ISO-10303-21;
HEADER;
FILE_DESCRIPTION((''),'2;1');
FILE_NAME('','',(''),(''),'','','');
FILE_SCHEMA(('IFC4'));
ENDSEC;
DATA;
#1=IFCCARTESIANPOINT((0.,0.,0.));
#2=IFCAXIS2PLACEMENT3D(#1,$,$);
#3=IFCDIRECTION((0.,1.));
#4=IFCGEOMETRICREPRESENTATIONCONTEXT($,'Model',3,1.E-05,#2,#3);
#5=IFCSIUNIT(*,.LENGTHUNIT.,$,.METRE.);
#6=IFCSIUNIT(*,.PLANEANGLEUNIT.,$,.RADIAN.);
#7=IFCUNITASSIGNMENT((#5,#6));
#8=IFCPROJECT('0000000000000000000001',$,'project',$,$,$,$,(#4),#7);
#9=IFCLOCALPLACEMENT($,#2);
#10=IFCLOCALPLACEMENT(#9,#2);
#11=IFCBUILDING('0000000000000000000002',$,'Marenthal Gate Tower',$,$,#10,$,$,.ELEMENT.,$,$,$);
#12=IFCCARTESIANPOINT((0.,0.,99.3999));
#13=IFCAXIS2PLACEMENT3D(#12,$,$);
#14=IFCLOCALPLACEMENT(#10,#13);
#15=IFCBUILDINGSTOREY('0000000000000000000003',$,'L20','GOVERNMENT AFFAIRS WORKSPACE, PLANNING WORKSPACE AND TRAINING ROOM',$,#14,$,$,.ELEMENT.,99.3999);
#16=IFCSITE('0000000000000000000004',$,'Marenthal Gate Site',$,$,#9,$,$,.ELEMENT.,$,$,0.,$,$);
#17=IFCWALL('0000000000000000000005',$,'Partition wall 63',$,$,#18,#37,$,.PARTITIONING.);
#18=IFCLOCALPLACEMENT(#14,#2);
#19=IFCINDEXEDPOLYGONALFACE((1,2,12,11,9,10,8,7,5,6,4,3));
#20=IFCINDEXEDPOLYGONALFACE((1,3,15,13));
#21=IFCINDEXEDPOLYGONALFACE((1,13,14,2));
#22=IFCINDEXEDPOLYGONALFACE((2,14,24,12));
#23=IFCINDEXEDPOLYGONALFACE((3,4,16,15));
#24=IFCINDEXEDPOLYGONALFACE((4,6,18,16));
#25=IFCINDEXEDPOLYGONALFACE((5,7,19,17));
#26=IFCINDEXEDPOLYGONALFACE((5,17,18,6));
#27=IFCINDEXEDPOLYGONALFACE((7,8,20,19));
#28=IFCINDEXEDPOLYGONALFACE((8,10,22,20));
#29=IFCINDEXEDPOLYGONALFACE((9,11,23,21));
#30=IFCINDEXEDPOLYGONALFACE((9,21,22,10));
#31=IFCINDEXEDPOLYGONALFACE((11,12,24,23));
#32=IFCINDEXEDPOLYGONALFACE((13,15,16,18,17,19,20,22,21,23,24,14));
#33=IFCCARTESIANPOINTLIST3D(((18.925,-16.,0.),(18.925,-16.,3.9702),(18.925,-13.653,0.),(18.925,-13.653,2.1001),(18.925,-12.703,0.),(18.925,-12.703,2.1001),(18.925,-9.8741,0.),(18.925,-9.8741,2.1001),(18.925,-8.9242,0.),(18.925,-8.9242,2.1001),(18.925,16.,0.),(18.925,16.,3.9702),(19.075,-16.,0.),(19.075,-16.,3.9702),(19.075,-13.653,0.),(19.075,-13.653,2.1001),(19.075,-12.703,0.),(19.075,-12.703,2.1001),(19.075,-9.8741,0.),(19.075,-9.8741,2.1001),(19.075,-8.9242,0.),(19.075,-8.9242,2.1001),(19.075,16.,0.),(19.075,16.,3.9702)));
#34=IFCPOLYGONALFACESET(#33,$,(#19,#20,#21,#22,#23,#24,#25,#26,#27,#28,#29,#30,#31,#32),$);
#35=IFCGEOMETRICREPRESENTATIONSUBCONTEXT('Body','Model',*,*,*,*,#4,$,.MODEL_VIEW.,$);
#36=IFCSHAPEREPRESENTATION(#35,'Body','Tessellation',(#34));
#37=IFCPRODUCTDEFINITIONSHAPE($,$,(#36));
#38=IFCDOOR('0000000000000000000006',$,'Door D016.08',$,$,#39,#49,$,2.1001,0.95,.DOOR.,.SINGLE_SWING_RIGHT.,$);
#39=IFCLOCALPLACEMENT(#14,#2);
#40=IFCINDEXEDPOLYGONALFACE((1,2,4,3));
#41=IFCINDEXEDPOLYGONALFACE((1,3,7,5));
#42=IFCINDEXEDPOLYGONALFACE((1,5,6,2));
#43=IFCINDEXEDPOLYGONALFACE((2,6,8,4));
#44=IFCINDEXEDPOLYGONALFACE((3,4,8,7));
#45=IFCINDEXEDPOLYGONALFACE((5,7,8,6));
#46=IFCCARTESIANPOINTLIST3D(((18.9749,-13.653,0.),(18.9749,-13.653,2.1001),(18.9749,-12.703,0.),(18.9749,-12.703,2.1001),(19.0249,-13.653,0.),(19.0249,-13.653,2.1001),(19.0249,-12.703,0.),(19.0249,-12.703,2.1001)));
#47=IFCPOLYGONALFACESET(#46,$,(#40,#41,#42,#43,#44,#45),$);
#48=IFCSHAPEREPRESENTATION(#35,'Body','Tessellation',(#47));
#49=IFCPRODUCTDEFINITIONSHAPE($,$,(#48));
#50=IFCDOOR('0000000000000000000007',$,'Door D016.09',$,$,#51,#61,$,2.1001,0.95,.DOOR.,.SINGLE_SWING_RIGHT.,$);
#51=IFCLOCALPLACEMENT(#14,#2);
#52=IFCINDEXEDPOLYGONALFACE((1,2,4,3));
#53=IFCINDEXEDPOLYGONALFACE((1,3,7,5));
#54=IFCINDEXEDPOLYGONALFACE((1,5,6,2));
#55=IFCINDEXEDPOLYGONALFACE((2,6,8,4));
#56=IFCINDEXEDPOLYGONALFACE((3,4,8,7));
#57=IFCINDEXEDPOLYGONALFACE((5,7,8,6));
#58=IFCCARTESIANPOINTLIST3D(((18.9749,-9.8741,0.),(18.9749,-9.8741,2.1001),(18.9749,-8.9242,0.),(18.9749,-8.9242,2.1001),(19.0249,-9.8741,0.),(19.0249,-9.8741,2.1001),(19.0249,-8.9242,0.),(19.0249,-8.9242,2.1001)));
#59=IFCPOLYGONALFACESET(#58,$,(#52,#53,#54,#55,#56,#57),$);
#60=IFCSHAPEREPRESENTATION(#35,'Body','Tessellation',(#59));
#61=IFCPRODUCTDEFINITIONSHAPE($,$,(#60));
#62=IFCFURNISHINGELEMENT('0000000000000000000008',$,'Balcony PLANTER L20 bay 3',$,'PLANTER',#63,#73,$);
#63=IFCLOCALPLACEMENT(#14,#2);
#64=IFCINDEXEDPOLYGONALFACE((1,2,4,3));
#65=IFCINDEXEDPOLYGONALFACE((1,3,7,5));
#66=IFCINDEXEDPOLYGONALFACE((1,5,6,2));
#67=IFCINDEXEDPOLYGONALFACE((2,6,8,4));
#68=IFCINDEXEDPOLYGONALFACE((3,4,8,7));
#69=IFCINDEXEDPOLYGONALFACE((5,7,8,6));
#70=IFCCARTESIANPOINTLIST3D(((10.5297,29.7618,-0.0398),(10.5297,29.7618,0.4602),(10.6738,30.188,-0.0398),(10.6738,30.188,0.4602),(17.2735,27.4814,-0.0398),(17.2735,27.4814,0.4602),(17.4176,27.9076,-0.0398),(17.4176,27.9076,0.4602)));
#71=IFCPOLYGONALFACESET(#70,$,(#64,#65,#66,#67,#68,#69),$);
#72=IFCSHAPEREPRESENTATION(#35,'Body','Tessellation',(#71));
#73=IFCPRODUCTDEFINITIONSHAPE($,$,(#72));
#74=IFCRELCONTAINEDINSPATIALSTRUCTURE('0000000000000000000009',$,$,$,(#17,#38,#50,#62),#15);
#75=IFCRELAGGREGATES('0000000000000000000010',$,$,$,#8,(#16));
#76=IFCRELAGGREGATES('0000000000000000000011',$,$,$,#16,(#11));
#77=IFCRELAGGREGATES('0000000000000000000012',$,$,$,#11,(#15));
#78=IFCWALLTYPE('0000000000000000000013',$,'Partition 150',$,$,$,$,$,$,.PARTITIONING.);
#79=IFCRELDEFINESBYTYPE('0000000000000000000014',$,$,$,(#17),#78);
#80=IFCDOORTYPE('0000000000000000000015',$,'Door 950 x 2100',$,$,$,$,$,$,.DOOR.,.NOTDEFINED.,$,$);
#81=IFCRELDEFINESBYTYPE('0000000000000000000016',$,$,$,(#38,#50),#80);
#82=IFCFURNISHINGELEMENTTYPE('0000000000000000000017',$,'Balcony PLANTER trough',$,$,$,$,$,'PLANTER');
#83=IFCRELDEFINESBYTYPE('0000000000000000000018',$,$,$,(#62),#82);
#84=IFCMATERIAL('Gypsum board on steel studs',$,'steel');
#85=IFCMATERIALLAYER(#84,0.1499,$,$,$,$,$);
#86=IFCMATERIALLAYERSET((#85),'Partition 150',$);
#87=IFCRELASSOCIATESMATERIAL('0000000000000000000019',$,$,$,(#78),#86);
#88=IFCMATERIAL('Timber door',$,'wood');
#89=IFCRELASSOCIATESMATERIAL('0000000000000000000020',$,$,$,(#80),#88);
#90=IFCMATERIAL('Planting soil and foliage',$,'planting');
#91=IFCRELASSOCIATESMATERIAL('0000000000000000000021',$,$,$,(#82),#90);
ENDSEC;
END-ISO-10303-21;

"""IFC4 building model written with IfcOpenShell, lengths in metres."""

from ifc_helpers import new_model, si_unit, direction, frame, frame_2d, origin, origin_2d, place, context, subcontext, project, spatial, rectangle, extrude, material, layer, layer_set, type_object, element, fill, save


model = new_model("IFC4")

# Units and contexts
model_context = context("Model", 3, precision=1e-05, world=origin(), true_north=direction((0.0, 1.0)))
body_context = subcontext(model_context, "Body", "Model", "MODEL_VIEW")
ifc_project = project(units=[si_unit("LENGTHUNIT", "METRE"), si_unit("PLANEANGLEUNIT", "RADIAN")], contexts=[model_context])

# Site, building, storey
site_placement = place(None, origin())
site = spatial("IfcSite", under=ifc_project, at=site_placement, Name="Marenthal Gate Site", CompositionType="ELEMENT", RefElevation=0.0)
building_placement = place(site_placement, origin())
building = spatial("IfcBuilding", under=site, at=building_placement, Name="Marenthal Gate Tower", CompositionType="ELEMENT")
storey_placement = place(building_placement, frame((0.0, 0.0, 99.3999)))
storey = spatial("IfcBuildingStorey", under=building, at=storey_placement, Name="L20", Description="GOVERNMENT AFFAIRS WORKSPACE, PLANNING WORKSPACE AND TRAINING ROOM", CompositionType="ELEMENT", Elevation=99.3999)

# Wall, openings, doors
ifc_material_1 = material(Name="Gypsum board on steel studs", Category="steel")
ifc_layer_1 = layer(ifc_material_1, 0.1499)
ifc_layer_set_1 = layer_set([ifc_layer_1], Name="Partition 150")
wall_type_1 = type_object("IfcWallType", Name="Partition 150", PredefinedType="PARTITIONING", material=ifc_layer_set_1)
wall_1_placement = place(storey_placement, frame((19.0, 16.0, 0.0), z_axis=(0.0, 0.0, 1.0), x_axis=(0.0, -1.0, 0.0)))
wall_1 = element("IfcWall", 1, at=wall_1_placement, inside=storey, type_object=wall_type_1, Name="Partition wall 63", PredefinedType="PARTITIONING", context=body_context, shape_type="SweptSolid", body=[
    extrude(rectangle(XDim=32.0, YDim=0.1499, at=frame_2d((16.0, 0.0))), origin(), (0.0, 0.0, 1.0), 3.9702),
])
opening_1_placement = place(wall_1_placement, frame((28.7029, 0.0, 0.0)))
opening_1 = element("IfcOpeningElement", 2, at=opening_1_placement, cuts=wall_1, PredefinedType="OPENING", context=body_context, shape_type="SweptSolid", body=[
    extrude(rectangle(XDim=0.95, YDim=2.1001, at=frame_2d((0.4751, 1.05))), frame((0.0, 0.085, 0.0), z_axis=(0.0, -1.0, 0.0), x_axis=(1.0, 0.0, 0.0)), (0.0, 0.0, 1.0), 0.1699),
])
opening_2_placement = place(wall_1_placement, frame((24.9241, 0.0, 0.0)))
opening_2 = element("IfcOpeningElement", 3, at=opening_2_placement, cuts=wall_1, PredefinedType="OPENING", context=body_context, shape_type="SweptSolid", body=[
    extrude(rectangle(XDim=0.95, YDim=2.1001, at=frame_2d((0.4751, 1.05))), frame((0.0, 0.085, 0.0), z_axis=(0.0, -1.0, 0.0), x_axis=(1.0, 0.0, 0.0)), (0.0, 0.0, 1.0), 0.1699),
])
ifc_material_2 = material(Name="Timber door", Category="wood")
door_type_1 = type_object("IfcDoorType", Name="Door 950 x 2100", OperationType="NOTDEFINED", PredefinedType="DOOR", material=ifc_material_2)
door_1_placement = place(opening_1_placement, origin())
door_1 = element("IfcDoor", 4, at=door_1_placement, inside=storey, type_object=door_type_1, Name="Door D016.08", OperationType="SINGLE_SWING_RIGHT", OverallHeight=2.1001, OverallWidth=0.95, PredefinedType="DOOR", context=body_context, shape_type="SweptSolid", body=[
    extrude(rectangle(XDim=0.95, YDim=2.1001, at=frame_2d((0.4751, 1.05))), frame((0.0, 0.0249, 0.0), z_axis=(0.0, -1.0, 0.0), x_axis=(1.0, 0.0, 0.0)), (0.0, 0.0, 1.0), 0.05),
])
fill(opening_1, door_1)
door_2_placement = place(opening_2_placement, origin())
door_2 = element("IfcDoor", 5, at=door_2_placement, inside=storey, type_object=door_type_1, Name="Door D016.09", OperationType="SINGLE_SWING_RIGHT", OverallHeight=2.1001, OverallWidth=0.95, PredefinedType="DOOR", context=body_context, shape_type="SweptSolid", body=[
    extrude(rectangle(XDim=0.95, YDim=2.1001, at=frame_2d((0.4751, 1.05))), frame((0.0, 0.0249, 0.0), z_axis=(0.0, -1.0, 0.0), x_axis=(1.0, 0.0, 0.0)), (0.0, 0.0, 1.0), 0.05),
])
fill(opening_2, door_2)

# Furnishing element
ifc_material_3 = material(Name="Planting soil and foliage", Category="planting")
furnishing_element_type = type_object("IfcFurnishingElementType", Name="Balcony PLANTER trough", ElementType="PLANTER", material=ifc_material_3)
furnishing_placement = place(storey_placement, frame((13.9736, 28.8347, -0.0398), z_axis=(0.0, 0.0, 1.0), x_axis=(-0.947307, 0.320328, 0.0)))
element("IfcFurnishingElement", 6, at=furnishing_placement, inside=storey, type_object=furnishing_element_type, Name="Balcony PLANTER L20 bay 3", ObjectType="PLANTER", context=body_context, shape_type="SweptSolid", body=[
    extrude(rectangle(XDim=7.1189, YDim=0.45, at=origin_2d()), origin(), (0.0, 0.0, 1.0), 0.5),
])

save(model, "model.ifc")
